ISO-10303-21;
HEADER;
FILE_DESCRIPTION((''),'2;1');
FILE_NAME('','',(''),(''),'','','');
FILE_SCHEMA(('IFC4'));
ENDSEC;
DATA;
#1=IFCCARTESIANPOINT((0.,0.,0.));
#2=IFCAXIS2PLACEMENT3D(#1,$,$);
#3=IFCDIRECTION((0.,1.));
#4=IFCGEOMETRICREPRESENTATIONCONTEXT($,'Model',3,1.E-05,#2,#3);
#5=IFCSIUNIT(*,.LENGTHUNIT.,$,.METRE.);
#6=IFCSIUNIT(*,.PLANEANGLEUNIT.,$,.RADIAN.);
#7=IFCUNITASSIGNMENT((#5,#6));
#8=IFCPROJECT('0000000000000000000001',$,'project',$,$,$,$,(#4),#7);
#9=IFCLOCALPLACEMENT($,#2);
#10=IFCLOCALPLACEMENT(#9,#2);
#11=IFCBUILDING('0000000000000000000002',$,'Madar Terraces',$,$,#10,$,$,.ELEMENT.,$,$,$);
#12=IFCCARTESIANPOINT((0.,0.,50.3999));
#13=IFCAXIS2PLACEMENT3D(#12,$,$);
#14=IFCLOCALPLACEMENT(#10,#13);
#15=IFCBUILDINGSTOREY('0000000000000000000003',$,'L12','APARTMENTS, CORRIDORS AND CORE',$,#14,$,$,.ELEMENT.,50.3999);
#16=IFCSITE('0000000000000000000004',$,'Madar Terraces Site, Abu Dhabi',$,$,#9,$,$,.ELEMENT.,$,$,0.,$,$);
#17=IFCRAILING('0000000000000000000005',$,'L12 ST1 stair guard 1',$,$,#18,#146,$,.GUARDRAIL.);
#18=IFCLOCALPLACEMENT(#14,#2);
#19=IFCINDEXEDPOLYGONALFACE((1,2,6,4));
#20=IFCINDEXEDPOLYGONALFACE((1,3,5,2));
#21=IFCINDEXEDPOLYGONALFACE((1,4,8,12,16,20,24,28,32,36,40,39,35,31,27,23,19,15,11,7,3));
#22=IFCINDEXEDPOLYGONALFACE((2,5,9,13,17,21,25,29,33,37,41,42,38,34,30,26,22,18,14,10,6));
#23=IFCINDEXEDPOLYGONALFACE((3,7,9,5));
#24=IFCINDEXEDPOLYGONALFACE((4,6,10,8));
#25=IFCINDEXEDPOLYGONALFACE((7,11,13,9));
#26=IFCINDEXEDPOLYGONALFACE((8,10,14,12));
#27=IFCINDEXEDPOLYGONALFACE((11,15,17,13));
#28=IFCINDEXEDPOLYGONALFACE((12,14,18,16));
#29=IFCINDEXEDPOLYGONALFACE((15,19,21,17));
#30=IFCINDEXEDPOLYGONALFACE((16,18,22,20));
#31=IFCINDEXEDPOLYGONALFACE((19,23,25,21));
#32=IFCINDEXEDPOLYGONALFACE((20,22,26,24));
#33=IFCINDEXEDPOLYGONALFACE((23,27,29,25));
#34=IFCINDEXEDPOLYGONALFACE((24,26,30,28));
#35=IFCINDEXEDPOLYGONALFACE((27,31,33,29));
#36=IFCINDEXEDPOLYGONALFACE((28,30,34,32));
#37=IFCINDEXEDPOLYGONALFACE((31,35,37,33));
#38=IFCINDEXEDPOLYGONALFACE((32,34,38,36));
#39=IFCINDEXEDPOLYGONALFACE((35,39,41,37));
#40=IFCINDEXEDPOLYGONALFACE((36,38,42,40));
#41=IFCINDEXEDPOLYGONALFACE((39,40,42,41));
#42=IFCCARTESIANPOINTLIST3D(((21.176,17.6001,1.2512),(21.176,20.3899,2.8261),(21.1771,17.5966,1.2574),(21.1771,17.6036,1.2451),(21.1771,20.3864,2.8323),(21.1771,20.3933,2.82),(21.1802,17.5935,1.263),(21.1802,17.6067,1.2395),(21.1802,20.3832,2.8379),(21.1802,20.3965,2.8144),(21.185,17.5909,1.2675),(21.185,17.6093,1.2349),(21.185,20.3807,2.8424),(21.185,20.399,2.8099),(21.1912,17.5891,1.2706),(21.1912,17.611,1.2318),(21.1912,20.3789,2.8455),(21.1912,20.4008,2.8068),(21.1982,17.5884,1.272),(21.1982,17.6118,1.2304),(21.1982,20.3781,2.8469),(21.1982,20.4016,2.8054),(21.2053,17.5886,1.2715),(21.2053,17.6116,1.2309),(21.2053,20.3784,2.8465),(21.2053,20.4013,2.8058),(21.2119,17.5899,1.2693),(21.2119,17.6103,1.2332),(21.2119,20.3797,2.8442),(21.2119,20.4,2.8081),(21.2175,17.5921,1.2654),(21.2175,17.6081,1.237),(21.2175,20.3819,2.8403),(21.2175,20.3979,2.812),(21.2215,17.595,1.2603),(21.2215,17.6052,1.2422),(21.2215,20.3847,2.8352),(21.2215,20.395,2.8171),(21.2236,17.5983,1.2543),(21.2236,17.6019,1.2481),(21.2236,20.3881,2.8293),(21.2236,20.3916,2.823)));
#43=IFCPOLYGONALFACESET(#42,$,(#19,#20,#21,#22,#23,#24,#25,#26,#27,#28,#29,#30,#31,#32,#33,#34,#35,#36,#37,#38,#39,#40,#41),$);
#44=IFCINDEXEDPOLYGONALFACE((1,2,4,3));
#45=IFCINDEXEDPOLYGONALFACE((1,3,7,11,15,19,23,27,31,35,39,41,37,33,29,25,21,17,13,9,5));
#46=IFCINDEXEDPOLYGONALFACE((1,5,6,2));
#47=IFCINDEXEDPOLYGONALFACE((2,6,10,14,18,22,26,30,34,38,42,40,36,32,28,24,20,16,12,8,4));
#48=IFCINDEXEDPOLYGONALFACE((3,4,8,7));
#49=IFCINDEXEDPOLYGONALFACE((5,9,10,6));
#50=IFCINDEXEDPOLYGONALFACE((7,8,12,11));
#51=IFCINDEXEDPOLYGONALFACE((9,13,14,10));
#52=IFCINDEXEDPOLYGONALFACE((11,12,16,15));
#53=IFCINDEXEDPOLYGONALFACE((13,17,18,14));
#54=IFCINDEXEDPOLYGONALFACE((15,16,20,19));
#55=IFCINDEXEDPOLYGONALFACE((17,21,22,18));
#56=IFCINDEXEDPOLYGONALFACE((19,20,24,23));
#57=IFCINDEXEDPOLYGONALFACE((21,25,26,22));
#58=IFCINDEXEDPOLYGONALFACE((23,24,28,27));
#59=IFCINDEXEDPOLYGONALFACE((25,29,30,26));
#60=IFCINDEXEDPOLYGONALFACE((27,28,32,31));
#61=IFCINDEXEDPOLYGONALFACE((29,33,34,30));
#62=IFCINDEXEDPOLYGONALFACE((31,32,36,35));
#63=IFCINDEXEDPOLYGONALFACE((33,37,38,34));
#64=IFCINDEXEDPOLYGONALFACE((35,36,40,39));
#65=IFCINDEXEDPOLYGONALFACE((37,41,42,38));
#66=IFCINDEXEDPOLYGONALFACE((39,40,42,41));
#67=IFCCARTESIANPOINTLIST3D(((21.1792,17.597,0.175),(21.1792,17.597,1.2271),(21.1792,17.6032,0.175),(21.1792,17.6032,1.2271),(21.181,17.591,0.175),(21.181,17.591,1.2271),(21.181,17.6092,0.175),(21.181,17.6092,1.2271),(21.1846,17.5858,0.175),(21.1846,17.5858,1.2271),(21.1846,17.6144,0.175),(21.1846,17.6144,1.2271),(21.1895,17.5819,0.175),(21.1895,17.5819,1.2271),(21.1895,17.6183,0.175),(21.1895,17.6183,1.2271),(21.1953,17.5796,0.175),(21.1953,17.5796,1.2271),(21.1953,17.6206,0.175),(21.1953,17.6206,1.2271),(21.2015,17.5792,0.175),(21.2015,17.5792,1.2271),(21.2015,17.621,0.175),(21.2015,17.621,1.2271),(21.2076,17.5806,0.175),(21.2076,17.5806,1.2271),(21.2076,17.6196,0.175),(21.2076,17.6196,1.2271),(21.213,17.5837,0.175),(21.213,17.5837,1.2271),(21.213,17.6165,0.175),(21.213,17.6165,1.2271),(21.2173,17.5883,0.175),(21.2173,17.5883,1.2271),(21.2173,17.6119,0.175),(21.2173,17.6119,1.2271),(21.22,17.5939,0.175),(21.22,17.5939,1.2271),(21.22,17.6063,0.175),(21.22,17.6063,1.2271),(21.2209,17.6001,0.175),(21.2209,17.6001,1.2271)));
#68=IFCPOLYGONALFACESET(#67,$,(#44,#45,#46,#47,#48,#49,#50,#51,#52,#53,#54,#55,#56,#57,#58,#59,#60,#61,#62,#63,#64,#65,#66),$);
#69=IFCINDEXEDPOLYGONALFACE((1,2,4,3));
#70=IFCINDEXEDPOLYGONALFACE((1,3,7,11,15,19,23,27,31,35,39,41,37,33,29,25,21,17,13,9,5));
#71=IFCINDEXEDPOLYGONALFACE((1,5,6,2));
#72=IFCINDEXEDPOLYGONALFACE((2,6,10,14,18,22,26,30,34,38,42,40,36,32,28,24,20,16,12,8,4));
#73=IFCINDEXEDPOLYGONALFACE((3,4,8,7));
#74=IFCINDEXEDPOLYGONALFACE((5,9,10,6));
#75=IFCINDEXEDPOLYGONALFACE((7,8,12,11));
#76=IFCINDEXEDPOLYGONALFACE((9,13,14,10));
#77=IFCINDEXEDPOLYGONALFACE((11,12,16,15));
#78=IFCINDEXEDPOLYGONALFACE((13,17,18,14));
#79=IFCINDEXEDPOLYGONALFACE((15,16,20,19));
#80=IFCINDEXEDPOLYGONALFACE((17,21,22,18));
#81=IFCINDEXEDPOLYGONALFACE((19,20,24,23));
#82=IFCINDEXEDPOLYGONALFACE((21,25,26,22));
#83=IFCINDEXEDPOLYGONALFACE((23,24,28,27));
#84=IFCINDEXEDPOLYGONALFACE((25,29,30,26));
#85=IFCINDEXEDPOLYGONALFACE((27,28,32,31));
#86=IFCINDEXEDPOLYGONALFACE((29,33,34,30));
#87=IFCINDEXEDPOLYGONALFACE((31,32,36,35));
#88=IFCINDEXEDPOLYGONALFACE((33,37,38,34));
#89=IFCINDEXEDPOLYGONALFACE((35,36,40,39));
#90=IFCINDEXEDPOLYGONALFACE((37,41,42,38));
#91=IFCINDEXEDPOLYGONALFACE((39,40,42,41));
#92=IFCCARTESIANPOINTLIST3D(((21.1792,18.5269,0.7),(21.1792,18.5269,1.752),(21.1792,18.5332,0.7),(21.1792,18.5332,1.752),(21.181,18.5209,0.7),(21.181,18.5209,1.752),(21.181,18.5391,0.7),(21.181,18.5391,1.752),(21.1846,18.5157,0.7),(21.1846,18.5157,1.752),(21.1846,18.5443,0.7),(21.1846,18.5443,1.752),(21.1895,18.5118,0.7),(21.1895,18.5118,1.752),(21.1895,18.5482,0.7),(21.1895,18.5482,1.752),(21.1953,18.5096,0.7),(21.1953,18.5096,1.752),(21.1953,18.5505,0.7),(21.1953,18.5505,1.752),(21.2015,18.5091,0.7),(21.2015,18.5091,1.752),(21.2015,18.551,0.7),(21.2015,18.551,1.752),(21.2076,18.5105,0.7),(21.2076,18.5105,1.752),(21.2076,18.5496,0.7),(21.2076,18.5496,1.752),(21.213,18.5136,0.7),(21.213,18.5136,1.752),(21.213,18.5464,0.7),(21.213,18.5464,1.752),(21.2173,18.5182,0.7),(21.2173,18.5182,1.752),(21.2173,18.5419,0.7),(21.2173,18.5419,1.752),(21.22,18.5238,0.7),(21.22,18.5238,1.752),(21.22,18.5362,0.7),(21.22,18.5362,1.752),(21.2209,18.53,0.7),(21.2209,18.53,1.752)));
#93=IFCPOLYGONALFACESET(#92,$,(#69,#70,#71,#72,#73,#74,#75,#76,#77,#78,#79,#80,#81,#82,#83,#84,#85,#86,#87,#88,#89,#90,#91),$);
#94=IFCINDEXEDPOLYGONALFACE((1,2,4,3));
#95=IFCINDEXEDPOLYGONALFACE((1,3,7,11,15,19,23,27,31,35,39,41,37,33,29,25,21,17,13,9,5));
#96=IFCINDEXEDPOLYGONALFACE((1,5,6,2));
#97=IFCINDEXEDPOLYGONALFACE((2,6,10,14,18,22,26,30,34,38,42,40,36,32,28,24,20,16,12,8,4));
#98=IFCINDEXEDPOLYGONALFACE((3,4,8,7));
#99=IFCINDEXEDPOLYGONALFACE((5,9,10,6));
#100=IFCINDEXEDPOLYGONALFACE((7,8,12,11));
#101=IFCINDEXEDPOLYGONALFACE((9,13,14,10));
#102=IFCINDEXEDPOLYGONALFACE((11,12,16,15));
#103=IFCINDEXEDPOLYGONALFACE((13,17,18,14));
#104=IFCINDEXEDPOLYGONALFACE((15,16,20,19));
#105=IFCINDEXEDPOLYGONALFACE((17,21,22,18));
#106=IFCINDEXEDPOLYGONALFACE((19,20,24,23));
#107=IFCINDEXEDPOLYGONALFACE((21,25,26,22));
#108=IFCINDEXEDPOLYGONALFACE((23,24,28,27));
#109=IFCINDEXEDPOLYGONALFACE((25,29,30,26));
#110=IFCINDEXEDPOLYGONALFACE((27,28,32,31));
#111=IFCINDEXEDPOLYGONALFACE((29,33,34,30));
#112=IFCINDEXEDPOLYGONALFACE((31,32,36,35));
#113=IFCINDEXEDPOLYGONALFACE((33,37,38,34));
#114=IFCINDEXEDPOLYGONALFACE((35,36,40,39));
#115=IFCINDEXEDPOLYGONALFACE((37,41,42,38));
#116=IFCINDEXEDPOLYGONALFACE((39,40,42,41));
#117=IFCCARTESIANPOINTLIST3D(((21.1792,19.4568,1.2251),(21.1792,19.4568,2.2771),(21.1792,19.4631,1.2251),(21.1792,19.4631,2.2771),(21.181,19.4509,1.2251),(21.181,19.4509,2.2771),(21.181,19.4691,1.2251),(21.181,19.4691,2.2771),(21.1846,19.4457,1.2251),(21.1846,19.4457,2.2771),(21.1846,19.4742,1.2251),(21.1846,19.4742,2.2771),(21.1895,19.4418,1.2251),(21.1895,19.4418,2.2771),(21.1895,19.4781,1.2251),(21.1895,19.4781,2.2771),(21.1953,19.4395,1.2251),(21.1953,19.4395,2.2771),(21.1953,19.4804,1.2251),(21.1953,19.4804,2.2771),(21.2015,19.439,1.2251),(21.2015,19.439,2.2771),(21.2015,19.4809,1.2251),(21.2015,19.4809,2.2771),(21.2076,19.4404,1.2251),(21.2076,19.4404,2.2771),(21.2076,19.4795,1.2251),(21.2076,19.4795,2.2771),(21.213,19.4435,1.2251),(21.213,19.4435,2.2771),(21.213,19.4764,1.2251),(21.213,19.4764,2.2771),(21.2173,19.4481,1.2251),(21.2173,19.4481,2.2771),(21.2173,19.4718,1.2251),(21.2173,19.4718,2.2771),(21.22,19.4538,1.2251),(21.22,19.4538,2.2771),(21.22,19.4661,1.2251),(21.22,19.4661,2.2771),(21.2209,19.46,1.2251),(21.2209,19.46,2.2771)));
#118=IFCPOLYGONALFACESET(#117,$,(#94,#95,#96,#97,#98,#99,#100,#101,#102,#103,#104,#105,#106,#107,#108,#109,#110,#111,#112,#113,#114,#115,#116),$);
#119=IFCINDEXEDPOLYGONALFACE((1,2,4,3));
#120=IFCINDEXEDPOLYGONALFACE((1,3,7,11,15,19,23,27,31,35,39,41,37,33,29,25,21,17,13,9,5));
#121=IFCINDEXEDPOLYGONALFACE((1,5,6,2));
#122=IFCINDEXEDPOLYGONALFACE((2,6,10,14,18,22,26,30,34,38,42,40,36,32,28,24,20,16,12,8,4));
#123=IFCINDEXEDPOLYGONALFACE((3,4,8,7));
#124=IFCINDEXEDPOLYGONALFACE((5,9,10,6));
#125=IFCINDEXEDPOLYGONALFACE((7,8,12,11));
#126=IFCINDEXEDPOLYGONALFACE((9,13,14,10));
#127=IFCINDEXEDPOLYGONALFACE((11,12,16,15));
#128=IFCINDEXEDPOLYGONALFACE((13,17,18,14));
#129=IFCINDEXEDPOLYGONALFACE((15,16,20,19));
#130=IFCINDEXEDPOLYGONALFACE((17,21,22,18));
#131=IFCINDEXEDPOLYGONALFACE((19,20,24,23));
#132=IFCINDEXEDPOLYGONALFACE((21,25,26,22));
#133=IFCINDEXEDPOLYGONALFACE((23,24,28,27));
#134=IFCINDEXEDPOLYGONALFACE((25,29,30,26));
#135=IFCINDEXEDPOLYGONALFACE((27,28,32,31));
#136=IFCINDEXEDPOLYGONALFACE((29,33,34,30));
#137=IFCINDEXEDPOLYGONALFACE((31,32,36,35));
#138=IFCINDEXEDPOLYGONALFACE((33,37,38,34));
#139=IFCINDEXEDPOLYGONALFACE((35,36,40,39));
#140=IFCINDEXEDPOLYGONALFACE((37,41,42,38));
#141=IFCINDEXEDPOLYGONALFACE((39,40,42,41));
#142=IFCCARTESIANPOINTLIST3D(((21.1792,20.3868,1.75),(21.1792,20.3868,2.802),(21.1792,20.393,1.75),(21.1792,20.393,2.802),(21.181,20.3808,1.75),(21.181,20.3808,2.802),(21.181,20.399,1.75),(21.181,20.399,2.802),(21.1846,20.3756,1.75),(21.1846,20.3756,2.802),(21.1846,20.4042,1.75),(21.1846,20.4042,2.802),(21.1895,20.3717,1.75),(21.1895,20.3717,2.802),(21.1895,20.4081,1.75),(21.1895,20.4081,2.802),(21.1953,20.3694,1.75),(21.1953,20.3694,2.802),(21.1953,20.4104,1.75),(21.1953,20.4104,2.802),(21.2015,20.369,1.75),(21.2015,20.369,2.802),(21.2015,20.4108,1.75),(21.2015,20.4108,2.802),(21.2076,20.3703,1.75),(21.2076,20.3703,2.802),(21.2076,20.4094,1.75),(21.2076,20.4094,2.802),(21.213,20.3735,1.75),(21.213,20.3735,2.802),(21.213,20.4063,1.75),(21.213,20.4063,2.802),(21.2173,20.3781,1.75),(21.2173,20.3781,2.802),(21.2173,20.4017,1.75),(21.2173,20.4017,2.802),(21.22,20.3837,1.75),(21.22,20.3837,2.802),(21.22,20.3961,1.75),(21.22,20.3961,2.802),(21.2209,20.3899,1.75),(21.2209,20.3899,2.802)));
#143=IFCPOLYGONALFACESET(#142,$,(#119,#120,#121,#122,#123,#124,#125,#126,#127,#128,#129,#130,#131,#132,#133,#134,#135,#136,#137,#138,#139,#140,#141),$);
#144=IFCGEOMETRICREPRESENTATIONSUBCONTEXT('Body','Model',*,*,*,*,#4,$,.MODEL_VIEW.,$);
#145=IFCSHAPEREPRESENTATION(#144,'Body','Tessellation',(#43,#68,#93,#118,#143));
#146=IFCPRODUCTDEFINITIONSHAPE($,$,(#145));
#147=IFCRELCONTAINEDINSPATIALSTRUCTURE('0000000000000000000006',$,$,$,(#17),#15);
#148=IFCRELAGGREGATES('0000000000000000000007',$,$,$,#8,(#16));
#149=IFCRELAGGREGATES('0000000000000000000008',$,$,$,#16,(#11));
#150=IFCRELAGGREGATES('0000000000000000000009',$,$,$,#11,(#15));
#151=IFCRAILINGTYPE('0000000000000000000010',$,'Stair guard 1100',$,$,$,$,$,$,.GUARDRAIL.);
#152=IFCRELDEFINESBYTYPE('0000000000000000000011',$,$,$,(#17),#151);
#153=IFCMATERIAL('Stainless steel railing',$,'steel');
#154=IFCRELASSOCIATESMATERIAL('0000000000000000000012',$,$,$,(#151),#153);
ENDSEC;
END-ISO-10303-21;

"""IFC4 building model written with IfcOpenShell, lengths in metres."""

from ifc_helpers import new_model, si_unit, direction, frame, origin, origin_2d, place, context, subcontext, project, spatial, circle, extrude, material, type_object, element, save


model = new_model("IFC4")

# Units and contexts
model_context = context("Model", 3, precision=1e-05, world=origin(), true_north=direction((0.0, 1.0)))
body_context = subcontext(model_context, "Body", "Model", "MODEL_VIEW")
ifc_project = project(units=[si_unit("LENGTHUNIT", "METRE"), si_unit("PLANEANGLEUNIT", "RADIAN")], contexts=[model_context])

# Site, building, storey
site_placement = place(None, origin())
site = spatial("IfcSite", under=ifc_project, at=site_placement, Name="Madar Terraces Site, Abu Dhabi", CompositionType="ELEMENT", RefElevation=0.0)
building_placement = place(site_placement, origin())
building = spatial("IfcBuilding", under=site, at=building_placement, Name="Madar Terraces", CompositionType="ELEMENT")
storey_placement = place(building_placement, frame((0.0, 0.0, 50.3999)))
storey = spatial("IfcBuildingStorey", under=building, at=storey_placement, Name="L12", Description="APARTMENTS, CORRIDORS AND CORE", CompositionType="ELEMENT", Elevation=50.3999)

# Railing
ifc_material_1 = material(Name="Stainless steel railing", Category="steel")
railing_type_1 = type_object("IfcRailingType", Name="Stair guard 1100", PredefinedType="GUARDRAIL", material=ifc_material_1)
railing_1_placement = place(storey_placement, frame((21.2, 17.6001, 0.175)))
element("IfcRailing", 1, at=railing_1_placement, inside=storey, type_object=railing_type_1, Name="L12 ST1 stair guard 1", PredefinedType="GUARDRAIL", context=body_context, shape_type="SweptSolid", body=[
    extrude(circle(Radius=0.0239, at=origin_2d()), frame((0.0, 0.0, 1.0762), z_axis=(0.0, 0.870815, 0.49161), x_axis=(-1.0, 0.0, 0.0)), (0.0, 0.0, 1.0), 3.2036),
    extrude(circle(Radius=0.021, at=origin_2d()), origin(), (0.0, 0.0, 1.0), 1.052),
    extrude(circle(Radius=0.021, at=origin_2d()), frame((0.0, 0.9299, 0.5249)), (0.0, 0.0, 1.0), 1.052),
    extrude(circle(Radius=0.021, at=origin_2d()), frame((0.0, 1.8599, 1.05)), (0.0, 0.0, 1.0), 1.052),
    extrude(circle(Radius=0.021, at=origin_2d()), frame((0.0, 2.7898, 1.575)), (0.0, 0.0, 1.0), 1.052),
])

save(model, "model.ifc")
